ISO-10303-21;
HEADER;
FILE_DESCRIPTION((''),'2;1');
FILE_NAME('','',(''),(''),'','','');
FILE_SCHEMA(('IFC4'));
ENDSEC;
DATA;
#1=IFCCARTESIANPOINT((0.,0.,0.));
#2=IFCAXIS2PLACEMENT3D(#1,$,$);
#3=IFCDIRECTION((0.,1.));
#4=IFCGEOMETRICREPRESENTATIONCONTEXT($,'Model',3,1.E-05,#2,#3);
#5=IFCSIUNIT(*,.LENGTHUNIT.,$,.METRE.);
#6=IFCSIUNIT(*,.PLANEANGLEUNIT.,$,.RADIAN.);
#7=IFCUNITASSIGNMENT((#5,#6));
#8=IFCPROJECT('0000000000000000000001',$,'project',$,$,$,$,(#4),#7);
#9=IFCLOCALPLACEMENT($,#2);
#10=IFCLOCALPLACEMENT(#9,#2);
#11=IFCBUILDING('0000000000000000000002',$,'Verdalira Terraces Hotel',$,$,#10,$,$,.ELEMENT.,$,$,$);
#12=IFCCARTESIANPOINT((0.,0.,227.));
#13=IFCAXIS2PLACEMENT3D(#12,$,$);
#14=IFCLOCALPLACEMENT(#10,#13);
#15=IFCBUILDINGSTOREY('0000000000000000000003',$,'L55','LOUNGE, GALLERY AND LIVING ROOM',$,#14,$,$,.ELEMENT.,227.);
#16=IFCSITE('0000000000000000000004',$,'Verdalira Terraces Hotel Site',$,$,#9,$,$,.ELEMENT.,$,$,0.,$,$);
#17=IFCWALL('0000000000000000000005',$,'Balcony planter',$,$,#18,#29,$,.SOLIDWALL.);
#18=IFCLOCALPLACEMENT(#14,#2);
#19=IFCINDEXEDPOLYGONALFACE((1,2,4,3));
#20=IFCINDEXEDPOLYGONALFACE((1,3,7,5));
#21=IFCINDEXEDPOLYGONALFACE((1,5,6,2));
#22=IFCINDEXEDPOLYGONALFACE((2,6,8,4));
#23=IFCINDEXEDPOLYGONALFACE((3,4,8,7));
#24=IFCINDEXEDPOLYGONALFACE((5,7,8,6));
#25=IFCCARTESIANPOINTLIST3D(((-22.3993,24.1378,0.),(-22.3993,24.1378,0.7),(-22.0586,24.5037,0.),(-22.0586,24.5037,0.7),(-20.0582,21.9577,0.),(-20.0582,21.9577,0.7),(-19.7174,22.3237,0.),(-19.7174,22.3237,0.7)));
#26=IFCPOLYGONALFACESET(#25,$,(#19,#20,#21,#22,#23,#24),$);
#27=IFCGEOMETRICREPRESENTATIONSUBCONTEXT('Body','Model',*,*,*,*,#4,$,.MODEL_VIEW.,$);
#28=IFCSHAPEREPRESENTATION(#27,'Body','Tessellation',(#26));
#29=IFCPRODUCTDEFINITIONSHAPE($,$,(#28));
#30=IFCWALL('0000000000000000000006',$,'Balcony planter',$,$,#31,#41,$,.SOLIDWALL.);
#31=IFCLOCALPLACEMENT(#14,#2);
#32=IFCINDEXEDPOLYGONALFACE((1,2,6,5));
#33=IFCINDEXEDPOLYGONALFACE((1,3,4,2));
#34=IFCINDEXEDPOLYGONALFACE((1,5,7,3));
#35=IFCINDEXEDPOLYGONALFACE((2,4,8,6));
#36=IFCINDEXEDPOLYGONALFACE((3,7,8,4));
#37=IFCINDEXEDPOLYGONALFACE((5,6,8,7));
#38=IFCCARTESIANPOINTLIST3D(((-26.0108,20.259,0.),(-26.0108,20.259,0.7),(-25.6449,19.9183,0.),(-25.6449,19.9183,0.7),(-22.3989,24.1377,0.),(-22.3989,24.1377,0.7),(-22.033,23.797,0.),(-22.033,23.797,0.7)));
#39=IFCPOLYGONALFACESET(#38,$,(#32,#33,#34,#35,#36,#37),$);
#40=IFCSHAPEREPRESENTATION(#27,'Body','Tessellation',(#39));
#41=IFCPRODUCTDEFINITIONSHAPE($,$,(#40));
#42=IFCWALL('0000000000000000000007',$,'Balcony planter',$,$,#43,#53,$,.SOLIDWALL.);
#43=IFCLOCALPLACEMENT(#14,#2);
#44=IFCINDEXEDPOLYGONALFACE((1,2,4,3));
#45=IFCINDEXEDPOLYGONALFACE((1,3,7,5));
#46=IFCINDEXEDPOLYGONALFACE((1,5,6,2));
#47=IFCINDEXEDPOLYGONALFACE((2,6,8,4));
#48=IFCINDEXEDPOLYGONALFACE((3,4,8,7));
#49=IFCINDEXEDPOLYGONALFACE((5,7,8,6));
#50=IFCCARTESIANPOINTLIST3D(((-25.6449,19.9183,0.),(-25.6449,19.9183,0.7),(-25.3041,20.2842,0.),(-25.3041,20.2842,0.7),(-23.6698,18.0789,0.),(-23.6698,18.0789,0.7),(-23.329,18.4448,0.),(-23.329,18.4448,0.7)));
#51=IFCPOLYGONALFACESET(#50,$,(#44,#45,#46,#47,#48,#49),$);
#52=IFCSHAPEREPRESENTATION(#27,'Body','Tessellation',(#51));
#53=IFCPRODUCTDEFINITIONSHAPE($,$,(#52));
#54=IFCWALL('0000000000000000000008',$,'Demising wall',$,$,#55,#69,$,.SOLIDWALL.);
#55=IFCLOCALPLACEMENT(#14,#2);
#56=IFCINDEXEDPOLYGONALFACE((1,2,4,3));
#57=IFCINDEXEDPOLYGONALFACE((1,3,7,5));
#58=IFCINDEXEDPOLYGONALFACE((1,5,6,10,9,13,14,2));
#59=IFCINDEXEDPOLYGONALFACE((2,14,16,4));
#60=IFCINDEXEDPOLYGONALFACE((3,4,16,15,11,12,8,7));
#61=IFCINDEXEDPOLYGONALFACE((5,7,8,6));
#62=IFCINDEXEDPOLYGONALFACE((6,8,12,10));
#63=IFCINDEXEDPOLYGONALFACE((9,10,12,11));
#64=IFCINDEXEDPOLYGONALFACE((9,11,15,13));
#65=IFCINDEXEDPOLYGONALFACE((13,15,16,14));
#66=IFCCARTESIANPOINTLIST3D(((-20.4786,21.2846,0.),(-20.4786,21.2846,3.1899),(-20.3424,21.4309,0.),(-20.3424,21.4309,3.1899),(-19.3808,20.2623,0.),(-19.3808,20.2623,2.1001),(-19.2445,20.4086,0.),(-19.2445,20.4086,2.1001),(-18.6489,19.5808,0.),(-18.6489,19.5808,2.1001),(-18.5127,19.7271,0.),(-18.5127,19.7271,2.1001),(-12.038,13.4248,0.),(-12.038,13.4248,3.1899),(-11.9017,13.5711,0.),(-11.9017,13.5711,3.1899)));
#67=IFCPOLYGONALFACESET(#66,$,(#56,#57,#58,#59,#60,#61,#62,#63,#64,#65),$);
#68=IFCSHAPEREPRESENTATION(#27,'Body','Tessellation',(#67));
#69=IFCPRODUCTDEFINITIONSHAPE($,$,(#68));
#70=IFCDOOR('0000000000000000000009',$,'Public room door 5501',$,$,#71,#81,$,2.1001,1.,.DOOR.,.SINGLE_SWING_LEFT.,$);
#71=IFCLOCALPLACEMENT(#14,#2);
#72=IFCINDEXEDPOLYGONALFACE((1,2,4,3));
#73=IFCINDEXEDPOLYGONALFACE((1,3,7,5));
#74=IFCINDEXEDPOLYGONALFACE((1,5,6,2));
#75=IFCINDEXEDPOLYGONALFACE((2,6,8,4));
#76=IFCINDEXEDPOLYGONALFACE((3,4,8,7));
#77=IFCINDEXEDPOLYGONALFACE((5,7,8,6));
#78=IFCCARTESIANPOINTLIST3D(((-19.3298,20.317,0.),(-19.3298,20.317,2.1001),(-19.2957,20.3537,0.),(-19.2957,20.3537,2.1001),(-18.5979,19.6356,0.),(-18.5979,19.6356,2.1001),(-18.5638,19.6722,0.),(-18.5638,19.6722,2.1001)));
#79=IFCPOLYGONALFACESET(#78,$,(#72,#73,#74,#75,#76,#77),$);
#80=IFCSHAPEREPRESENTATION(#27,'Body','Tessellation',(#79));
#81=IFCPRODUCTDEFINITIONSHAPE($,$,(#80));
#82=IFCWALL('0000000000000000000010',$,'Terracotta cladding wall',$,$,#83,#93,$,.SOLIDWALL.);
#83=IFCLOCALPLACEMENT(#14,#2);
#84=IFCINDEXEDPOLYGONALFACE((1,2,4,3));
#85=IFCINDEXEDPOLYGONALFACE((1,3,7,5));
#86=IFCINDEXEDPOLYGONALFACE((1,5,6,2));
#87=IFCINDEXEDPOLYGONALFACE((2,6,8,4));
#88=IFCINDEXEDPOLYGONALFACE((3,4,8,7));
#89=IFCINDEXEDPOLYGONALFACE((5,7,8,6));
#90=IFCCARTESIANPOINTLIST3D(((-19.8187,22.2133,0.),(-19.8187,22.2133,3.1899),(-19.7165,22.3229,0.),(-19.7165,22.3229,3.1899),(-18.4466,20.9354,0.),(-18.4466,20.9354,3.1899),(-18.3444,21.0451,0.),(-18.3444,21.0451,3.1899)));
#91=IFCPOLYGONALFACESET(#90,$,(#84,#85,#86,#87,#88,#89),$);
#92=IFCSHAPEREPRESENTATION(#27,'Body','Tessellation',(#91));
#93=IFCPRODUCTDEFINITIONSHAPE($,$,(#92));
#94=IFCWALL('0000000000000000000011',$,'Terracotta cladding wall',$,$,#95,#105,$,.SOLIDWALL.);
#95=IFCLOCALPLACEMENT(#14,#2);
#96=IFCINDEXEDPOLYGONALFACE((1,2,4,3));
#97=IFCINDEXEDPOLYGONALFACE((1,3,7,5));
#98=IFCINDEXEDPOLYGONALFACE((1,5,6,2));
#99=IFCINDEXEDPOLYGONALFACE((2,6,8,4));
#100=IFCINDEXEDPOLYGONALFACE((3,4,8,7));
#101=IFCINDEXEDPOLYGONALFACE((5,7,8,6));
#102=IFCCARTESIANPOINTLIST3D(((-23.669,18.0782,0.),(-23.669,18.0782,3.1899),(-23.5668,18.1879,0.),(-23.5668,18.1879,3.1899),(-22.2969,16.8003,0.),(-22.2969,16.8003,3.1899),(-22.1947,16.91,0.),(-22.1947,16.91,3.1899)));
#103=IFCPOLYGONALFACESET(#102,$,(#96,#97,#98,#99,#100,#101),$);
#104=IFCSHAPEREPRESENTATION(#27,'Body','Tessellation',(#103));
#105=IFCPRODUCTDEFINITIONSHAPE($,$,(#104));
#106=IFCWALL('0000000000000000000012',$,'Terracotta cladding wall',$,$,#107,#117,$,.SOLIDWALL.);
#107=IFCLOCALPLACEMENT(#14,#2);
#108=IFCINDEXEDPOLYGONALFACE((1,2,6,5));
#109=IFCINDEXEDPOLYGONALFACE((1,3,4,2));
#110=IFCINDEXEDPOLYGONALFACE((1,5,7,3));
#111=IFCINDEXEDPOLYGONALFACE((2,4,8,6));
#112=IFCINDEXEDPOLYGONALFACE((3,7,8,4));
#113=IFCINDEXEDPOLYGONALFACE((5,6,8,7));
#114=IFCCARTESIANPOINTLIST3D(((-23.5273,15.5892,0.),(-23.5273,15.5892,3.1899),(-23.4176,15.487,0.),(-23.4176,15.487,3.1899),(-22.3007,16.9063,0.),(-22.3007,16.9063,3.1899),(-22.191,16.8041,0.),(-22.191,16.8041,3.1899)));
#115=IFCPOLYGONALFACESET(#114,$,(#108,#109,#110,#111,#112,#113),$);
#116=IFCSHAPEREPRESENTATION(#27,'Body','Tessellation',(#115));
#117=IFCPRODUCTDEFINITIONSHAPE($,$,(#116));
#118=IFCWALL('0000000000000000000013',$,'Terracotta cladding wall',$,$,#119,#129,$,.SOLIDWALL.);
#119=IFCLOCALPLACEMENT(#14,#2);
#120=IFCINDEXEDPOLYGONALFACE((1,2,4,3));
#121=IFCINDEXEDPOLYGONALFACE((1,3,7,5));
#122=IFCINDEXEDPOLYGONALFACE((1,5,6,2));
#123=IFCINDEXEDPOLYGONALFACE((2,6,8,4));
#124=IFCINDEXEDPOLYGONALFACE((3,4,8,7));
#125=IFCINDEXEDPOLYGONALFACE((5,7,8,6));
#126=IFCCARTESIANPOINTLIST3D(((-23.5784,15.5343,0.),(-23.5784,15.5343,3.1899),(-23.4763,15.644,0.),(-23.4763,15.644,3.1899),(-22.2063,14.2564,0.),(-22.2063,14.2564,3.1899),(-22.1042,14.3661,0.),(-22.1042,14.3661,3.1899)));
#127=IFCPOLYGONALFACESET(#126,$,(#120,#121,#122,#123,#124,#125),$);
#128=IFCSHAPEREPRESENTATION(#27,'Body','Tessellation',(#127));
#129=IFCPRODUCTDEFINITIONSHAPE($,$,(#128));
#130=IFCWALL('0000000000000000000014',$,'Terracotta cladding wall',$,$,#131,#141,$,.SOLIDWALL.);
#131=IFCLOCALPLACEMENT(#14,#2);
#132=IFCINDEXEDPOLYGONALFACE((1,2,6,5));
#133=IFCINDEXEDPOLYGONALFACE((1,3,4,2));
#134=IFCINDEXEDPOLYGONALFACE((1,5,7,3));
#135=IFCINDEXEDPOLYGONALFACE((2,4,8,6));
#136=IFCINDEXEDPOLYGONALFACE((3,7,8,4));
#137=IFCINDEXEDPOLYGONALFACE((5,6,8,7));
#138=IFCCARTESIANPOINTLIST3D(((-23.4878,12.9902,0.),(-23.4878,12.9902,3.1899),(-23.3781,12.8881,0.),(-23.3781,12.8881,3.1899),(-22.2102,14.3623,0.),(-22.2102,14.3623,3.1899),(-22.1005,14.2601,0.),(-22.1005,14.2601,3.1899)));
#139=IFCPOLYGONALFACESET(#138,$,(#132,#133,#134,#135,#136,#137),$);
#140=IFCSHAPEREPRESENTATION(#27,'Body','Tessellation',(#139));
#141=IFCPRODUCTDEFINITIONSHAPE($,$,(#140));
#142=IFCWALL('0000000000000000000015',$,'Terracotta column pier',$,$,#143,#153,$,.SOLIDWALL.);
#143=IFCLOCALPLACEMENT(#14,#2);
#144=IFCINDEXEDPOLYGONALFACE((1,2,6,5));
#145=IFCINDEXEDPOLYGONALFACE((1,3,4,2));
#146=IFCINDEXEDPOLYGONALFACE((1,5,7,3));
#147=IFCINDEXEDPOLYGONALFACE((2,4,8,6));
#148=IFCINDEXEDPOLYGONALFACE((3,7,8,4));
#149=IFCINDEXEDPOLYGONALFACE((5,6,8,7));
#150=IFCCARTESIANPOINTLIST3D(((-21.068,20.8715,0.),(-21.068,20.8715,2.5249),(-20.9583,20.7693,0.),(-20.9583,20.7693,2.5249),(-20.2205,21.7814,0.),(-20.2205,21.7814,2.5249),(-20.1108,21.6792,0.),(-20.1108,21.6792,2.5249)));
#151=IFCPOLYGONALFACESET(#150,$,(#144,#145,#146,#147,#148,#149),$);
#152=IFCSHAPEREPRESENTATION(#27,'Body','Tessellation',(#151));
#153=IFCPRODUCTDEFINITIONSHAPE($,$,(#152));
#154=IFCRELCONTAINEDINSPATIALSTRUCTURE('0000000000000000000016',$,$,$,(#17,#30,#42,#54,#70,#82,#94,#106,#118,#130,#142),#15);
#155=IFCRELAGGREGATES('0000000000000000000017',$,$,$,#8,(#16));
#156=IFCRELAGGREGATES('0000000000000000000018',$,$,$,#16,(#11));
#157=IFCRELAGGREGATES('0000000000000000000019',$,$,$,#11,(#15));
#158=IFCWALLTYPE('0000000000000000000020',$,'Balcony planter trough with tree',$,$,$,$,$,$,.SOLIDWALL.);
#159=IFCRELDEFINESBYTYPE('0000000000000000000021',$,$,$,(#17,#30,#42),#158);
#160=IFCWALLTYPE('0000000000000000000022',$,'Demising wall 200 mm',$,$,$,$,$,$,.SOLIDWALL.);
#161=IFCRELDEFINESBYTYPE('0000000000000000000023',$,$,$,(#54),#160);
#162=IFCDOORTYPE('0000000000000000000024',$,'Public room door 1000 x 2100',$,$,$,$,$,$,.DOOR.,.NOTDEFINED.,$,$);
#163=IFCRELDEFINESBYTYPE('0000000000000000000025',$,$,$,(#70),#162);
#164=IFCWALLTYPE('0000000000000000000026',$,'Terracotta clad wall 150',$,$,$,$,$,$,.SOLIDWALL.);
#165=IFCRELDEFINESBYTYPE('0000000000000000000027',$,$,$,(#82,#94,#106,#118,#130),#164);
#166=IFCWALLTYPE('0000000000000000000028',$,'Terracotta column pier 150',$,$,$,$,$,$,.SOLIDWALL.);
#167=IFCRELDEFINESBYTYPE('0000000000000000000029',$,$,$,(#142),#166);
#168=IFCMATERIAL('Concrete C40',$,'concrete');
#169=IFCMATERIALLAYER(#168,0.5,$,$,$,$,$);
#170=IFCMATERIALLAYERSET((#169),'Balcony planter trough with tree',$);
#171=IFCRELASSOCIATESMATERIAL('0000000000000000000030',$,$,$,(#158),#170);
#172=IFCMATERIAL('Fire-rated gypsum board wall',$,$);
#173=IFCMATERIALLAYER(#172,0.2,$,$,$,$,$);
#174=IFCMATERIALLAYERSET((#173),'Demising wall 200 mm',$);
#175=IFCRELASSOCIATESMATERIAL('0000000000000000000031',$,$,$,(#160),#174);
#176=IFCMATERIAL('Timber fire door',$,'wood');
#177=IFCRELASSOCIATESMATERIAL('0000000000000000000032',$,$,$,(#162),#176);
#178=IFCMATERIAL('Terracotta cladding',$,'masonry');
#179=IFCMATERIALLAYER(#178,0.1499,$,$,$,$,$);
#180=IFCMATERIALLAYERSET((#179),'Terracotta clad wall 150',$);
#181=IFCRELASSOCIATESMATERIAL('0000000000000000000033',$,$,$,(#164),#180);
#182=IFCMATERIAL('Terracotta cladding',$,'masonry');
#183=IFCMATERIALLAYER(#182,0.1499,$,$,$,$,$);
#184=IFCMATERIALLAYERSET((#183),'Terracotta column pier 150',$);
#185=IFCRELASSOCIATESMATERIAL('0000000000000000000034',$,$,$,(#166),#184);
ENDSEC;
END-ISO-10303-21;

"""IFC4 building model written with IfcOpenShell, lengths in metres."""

from ifc_helpers import new_model, si_unit, direction, frame, frame_2d, origin, place, context, subcontext, project, spatial, rectangle, extrude, material, layer, layer_set, type_object, element, fill, save


model = new_model("IFC4")

# Units and contexts
model_context = context("Model", 3, precision=1e-05, world=origin(), true_north=direction((0.0, 1.0)))
body_context = subcontext(model_context, "Body", "Model", "MODEL_VIEW")
ifc_project = project(units=[si_unit("LENGTHUNIT", "METRE"), si_unit("PLANEANGLEUNIT", "RADIAN")], contexts=[model_context])

# Site, building, storey
site_placement = place(None, origin())
site = spatial("IfcSite", under=ifc_project, at=site_placement, Name="Verdalira Terraces Hotel Site", CompositionType="ELEMENT", RefElevation=0.0)
building_placement = place(site_placement, origin())
building = spatial("IfcBuilding", under=site, at=building_placement, Name="Verdalira Terraces Hotel", CompositionType="ELEMENT")
storey_placement = place(building_placement, frame((0.0, 0.0, 227.0)))
storey = spatial("IfcBuildingStorey", under=building, at=storey_placement, Name="L55", Description="LOUNGE, GALLERY AND LIVING ROOM", CompositionType="ELEMENT", Elevation=227.0)

# Walls
ifc_material_1 = material(Name="Concrete C40", Category="concrete")
ifc_layer_1 = layer(ifc_material_1, 0.5)
ifc_layer_set_1 = layer_set([ifc_layer_1], Name="Balcony planter trough with tree")
wall_type_1 = type_object("IfcWallType", Name="Balcony planter trough with tree", PredefinedType="SOLIDWALL", material=ifc_layer_set_1)
wall_1_placement = place(storey_placement, frame((-19.8877, 22.1406, 0.0), z_axis=(0.0, 0.0, 1.0), x_axis=(-0.731844, 0.681472, 0.0)))
element("IfcWall", 1, at=wall_1_placement, inside=storey, type_object=wall_type_1, Name="Balcony planter", PredefinedType="SOLIDWALL", context=body_context, shape_type="SweptSolid", body=[
    extrude(rectangle(XDim=3.199, YDim=0.5, at=frame_2d((1.5996, 0.0))), origin(), (0.0, 0.0, 1.0), 0.7),
])
wall_2_placement = place(storey_placement, frame((-22.2161, 23.9673, 0.0), z_axis=(0.0, 0.0, 1.0), x_axis=(-0.681484, -0.731833, 0.0)))
element("IfcWall", 2, at=wall_2_placement, inside=storey, type_object=wall_type_1, Name="Balcony planter", PredefinedType="SOLIDWALL", context=body_context, shape_type="SweptSolid", body=[
    extrude(rectangle(XDim=5.3, YDim=0.5, at=frame_2d((2.6499, 0.0))), origin(), (0.0, 0.0, 1.0), 0.7),
])
wall_3_placement = place(storey_placement, frame((-25.4746, 20.1013, 0.0), z_axis=(0.0, 0.0, 1.0), x_axis=(0.731807, -0.681512, 0.0)))
element("IfcWall", 3, at=wall_3_placement, inside=storey, type_object=wall_type_1, Name="Balcony planter", PredefinedType="SOLIDWALL", context=body_context, shape_type="SweptSolid", body=[
    extrude(rectangle(XDim=2.699, YDim=0.5, at=frame_2d((1.3496, 0.0))), origin(), (0.0, 0.0, 1.0), 0.7),
])

# Wall, opening, door
ifc_material_2 = material(Name="Fire-rated gypsum board wall")
ifc_layer_2 = layer(ifc_material_2, 0.2)
ifc_layer_set_2 = layer_set([ifc_layer_2], Name="Demising wall 200 mm")
wall_type_2 = type_object("IfcWallType", Name="Demising wall 200 mm", PredefinedType="SOLIDWALL", material=ifc_layer_set_2)
wall_4_placement = place(storey_placement, frame((-20.4104, 21.3577, 0.0), z_axis=(0.0, 0.0, 1.0), x_axis=(0.731838, -0.681479, 0.0)))
wall_4 = element("IfcWall", 4, at=wall_4_placement, inside=storey, type_object=wall_type_2, Name="Demising wall", PredefinedType="SOLIDWALL", context=body_context, shape_type="SweptSolid", body=[
    extrude(rectangle(XDim=11.5334, YDim=0.2, at=frame_2d((5.7666, 0.0))), origin(), (0.0, 0.0, 1.0), 3.1899),
])
opening_1_placement = place(wall_4_placement, frame((1.5, 0.0, 0.0)))
opening_1 = element("IfcOpeningElement", 5, at=opening_1_placement, cuts=wall_4, PredefinedType="OPENING", context=body_context, shape_type="SweptSolid", body=[
    extrude(rectangle(XDim=1.0, YDim=2.1001, at=frame_2d((0.5, 1.05))), frame((0.0, 0.1099, 0.0), z_axis=(0.0, -1.0, 0.0), x_axis=(1.0, 0.0, 0.0)), (0.0, 0.0, 1.0), 0.22),
])
ifc_material_3 = material(Name="Timber fire door", Category="wood")
door_type_1 = type_object("IfcDoorType", Name="Public room door 1000 x 2100", OperationType="NOTDEFINED", PredefinedType="DOOR", material=ifc_material_3)
door_1_placement = place(opening_1_placement, origin())
door_1 = element("IfcDoor", 6, at=door_1_placement, inside=storey, type_object=door_type_1, Name="Public room door 5501", OperationType="SINGLE_SWING_LEFT", OverallHeight=2.1001, OverallWidth=1.0, PredefinedType="DOOR", context=body_context, shape_type="SweptSolid", body=[
    extrude(rectangle(XDim=1.0, YDim=2.1001, at=frame_2d((0.5, 1.05))), frame((0.0, 0.0249, 0.0), z_axis=(0.0, -1.0, 0.0), x_axis=(1.0, 0.0, 0.0)), (0.0, 0.0, 1.0), 0.05),
])
fill(opening_1, door_1)

# Walls
ifc_material_4 = material(Name="Terracotta cladding", Category="masonry")
ifc_layer_3 = layer(ifc_material_4, 0.1499)
ifc_layer_set_3 = layer_set([ifc_layer_3], Name="Terracotta clad wall 150")
wall_type_3 = type_object("IfcWallType", Name="Terracotta clad wall 150", PredefinedType="SOLIDWALL", material=ifc_layer_set_3)
for number, where, z_axis, x_axis, name in (
    (7, (-18.3955, 20.9902, 0.0), (0.0, 0.0, 1.0), (-0.731791, 0.681529, 0.0), "Terracotta cladding wall"),
    (8, (-23.6179, 18.1331, 0.0), (0.0, 0.0, 1.0), (0.731791, -0.681529, 0.0), "Terracotta cladding wall"),
):
    element("IfcWall", number, at=place(storey_placement, frame(where, z_axis=z_axis, x_axis=x_axis)), inside=storey, type_object=wall_type_3, Name=name, PredefinedType="SOLIDWALL", context=body_context, shape_type="SweptSolid", body=[
        extrude(rectangle(XDim=1.875, YDim=0.1499, at=frame_2d((0.9375, 0.0))), origin(), (0.0, 0.0, 1.0), 3.1899),
    ])
wall_5_placement = place(storey_placement, frame((-22.2459, 16.8552, 0.0), z_axis=(0.0, 0.0, 1.0), x_axis=(-0.681496, -0.731822, 0.0)))
element("IfcWall", 9, at=wall_5_placement, inside=storey, type_object=wall_type_3, Name="Terracotta cladding wall", PredefinedType="SOLIDWALL", context=body_context, shape_type="SweptSolid", body=[
    extrude(rectangle(XDim=1.7998, YDim=0.1499, at=frame_2d((0.8999, 0.0))), origin(), (0.0, 0.0, 1.0), 3.1899),
])
wall_6_placement = place(storey_placement, frame((-23.5273, 15.5891, 0.0), z_axis=(0.0, 0.0, 1.0), x_axis=(0.731791, -0.681529, 0.0)))
element("IfcWall", 10, at=wall_6_placement, inside=storey, type_object=wall_type_3, Name="Terracotta cladding wall", PredefinedType="SOLIDWALL", context=body_context, shape_type="SweptSolid", body=[
    extrude(rectangle(XDim=1.875, YDim=0.1499, at=frame_2d((0.9375, 0.0))), origin(), (0.0, 0.0, 1.0), 3.1899),
])
wall_7_placement = place(storey_placement, frame((-22.1553, 14.3113, 0.0), z_axis=(0.0, 0.0, 1.0), x_axis=(-0.681459, -0.731856, 0.0)))
element("IfcWall", 11, at=wall_7_placement, inside=storey, type_object=wall_type_3, Name="Terracotta cladding wall", PredefinedType="SOLIDWALL", context=body_context, shape_type="SweptSolid", body=[
    extrude(rectangle(XDim=1.8748, YDim=0.1499, at=frame_2d((0.9375, 0.0))), origin(), (0.0, 0.0, 1.0), 3.1899),
])
ifc_material_5 = material(Name="Terracotta cladding", Category="masonry")
ifc_layer_4 = layer(ifc_material_5, 0.1499)
ifc_layer_set_4 = layer_set([ifc_layer_4], Name="Terracotta column pier 150")
wall_type_4 = type_object("IfcWallType", Name="Terracotta column pier 150", PredefinedType="SOLIDWALL", material=ifc_layer_set_4)
wall_8_placement = place(storey_placement, frame((-20.1658, 21.7302, 0.0), z_axis=(0.0, 0.0, 1.0), x_axis=(-0.681527, -0.731793, 0.0)))
element("IfcWall", 12, at=wall_8_placement, inside=storey, type_object=wall_type_4, Name="Terracotta column pier", PredefinedType="SOLIDWALL", context=body_context, shape_type="SweptSolid", body=[
    extrude(rectangle(XDim=1.2434, YDim=0.1499, at=frame_2d((0.6216, 0.0))), origin(), (0.0, 0.0, 1.0), 2.5249),
])

save(model, "model.ifc")
